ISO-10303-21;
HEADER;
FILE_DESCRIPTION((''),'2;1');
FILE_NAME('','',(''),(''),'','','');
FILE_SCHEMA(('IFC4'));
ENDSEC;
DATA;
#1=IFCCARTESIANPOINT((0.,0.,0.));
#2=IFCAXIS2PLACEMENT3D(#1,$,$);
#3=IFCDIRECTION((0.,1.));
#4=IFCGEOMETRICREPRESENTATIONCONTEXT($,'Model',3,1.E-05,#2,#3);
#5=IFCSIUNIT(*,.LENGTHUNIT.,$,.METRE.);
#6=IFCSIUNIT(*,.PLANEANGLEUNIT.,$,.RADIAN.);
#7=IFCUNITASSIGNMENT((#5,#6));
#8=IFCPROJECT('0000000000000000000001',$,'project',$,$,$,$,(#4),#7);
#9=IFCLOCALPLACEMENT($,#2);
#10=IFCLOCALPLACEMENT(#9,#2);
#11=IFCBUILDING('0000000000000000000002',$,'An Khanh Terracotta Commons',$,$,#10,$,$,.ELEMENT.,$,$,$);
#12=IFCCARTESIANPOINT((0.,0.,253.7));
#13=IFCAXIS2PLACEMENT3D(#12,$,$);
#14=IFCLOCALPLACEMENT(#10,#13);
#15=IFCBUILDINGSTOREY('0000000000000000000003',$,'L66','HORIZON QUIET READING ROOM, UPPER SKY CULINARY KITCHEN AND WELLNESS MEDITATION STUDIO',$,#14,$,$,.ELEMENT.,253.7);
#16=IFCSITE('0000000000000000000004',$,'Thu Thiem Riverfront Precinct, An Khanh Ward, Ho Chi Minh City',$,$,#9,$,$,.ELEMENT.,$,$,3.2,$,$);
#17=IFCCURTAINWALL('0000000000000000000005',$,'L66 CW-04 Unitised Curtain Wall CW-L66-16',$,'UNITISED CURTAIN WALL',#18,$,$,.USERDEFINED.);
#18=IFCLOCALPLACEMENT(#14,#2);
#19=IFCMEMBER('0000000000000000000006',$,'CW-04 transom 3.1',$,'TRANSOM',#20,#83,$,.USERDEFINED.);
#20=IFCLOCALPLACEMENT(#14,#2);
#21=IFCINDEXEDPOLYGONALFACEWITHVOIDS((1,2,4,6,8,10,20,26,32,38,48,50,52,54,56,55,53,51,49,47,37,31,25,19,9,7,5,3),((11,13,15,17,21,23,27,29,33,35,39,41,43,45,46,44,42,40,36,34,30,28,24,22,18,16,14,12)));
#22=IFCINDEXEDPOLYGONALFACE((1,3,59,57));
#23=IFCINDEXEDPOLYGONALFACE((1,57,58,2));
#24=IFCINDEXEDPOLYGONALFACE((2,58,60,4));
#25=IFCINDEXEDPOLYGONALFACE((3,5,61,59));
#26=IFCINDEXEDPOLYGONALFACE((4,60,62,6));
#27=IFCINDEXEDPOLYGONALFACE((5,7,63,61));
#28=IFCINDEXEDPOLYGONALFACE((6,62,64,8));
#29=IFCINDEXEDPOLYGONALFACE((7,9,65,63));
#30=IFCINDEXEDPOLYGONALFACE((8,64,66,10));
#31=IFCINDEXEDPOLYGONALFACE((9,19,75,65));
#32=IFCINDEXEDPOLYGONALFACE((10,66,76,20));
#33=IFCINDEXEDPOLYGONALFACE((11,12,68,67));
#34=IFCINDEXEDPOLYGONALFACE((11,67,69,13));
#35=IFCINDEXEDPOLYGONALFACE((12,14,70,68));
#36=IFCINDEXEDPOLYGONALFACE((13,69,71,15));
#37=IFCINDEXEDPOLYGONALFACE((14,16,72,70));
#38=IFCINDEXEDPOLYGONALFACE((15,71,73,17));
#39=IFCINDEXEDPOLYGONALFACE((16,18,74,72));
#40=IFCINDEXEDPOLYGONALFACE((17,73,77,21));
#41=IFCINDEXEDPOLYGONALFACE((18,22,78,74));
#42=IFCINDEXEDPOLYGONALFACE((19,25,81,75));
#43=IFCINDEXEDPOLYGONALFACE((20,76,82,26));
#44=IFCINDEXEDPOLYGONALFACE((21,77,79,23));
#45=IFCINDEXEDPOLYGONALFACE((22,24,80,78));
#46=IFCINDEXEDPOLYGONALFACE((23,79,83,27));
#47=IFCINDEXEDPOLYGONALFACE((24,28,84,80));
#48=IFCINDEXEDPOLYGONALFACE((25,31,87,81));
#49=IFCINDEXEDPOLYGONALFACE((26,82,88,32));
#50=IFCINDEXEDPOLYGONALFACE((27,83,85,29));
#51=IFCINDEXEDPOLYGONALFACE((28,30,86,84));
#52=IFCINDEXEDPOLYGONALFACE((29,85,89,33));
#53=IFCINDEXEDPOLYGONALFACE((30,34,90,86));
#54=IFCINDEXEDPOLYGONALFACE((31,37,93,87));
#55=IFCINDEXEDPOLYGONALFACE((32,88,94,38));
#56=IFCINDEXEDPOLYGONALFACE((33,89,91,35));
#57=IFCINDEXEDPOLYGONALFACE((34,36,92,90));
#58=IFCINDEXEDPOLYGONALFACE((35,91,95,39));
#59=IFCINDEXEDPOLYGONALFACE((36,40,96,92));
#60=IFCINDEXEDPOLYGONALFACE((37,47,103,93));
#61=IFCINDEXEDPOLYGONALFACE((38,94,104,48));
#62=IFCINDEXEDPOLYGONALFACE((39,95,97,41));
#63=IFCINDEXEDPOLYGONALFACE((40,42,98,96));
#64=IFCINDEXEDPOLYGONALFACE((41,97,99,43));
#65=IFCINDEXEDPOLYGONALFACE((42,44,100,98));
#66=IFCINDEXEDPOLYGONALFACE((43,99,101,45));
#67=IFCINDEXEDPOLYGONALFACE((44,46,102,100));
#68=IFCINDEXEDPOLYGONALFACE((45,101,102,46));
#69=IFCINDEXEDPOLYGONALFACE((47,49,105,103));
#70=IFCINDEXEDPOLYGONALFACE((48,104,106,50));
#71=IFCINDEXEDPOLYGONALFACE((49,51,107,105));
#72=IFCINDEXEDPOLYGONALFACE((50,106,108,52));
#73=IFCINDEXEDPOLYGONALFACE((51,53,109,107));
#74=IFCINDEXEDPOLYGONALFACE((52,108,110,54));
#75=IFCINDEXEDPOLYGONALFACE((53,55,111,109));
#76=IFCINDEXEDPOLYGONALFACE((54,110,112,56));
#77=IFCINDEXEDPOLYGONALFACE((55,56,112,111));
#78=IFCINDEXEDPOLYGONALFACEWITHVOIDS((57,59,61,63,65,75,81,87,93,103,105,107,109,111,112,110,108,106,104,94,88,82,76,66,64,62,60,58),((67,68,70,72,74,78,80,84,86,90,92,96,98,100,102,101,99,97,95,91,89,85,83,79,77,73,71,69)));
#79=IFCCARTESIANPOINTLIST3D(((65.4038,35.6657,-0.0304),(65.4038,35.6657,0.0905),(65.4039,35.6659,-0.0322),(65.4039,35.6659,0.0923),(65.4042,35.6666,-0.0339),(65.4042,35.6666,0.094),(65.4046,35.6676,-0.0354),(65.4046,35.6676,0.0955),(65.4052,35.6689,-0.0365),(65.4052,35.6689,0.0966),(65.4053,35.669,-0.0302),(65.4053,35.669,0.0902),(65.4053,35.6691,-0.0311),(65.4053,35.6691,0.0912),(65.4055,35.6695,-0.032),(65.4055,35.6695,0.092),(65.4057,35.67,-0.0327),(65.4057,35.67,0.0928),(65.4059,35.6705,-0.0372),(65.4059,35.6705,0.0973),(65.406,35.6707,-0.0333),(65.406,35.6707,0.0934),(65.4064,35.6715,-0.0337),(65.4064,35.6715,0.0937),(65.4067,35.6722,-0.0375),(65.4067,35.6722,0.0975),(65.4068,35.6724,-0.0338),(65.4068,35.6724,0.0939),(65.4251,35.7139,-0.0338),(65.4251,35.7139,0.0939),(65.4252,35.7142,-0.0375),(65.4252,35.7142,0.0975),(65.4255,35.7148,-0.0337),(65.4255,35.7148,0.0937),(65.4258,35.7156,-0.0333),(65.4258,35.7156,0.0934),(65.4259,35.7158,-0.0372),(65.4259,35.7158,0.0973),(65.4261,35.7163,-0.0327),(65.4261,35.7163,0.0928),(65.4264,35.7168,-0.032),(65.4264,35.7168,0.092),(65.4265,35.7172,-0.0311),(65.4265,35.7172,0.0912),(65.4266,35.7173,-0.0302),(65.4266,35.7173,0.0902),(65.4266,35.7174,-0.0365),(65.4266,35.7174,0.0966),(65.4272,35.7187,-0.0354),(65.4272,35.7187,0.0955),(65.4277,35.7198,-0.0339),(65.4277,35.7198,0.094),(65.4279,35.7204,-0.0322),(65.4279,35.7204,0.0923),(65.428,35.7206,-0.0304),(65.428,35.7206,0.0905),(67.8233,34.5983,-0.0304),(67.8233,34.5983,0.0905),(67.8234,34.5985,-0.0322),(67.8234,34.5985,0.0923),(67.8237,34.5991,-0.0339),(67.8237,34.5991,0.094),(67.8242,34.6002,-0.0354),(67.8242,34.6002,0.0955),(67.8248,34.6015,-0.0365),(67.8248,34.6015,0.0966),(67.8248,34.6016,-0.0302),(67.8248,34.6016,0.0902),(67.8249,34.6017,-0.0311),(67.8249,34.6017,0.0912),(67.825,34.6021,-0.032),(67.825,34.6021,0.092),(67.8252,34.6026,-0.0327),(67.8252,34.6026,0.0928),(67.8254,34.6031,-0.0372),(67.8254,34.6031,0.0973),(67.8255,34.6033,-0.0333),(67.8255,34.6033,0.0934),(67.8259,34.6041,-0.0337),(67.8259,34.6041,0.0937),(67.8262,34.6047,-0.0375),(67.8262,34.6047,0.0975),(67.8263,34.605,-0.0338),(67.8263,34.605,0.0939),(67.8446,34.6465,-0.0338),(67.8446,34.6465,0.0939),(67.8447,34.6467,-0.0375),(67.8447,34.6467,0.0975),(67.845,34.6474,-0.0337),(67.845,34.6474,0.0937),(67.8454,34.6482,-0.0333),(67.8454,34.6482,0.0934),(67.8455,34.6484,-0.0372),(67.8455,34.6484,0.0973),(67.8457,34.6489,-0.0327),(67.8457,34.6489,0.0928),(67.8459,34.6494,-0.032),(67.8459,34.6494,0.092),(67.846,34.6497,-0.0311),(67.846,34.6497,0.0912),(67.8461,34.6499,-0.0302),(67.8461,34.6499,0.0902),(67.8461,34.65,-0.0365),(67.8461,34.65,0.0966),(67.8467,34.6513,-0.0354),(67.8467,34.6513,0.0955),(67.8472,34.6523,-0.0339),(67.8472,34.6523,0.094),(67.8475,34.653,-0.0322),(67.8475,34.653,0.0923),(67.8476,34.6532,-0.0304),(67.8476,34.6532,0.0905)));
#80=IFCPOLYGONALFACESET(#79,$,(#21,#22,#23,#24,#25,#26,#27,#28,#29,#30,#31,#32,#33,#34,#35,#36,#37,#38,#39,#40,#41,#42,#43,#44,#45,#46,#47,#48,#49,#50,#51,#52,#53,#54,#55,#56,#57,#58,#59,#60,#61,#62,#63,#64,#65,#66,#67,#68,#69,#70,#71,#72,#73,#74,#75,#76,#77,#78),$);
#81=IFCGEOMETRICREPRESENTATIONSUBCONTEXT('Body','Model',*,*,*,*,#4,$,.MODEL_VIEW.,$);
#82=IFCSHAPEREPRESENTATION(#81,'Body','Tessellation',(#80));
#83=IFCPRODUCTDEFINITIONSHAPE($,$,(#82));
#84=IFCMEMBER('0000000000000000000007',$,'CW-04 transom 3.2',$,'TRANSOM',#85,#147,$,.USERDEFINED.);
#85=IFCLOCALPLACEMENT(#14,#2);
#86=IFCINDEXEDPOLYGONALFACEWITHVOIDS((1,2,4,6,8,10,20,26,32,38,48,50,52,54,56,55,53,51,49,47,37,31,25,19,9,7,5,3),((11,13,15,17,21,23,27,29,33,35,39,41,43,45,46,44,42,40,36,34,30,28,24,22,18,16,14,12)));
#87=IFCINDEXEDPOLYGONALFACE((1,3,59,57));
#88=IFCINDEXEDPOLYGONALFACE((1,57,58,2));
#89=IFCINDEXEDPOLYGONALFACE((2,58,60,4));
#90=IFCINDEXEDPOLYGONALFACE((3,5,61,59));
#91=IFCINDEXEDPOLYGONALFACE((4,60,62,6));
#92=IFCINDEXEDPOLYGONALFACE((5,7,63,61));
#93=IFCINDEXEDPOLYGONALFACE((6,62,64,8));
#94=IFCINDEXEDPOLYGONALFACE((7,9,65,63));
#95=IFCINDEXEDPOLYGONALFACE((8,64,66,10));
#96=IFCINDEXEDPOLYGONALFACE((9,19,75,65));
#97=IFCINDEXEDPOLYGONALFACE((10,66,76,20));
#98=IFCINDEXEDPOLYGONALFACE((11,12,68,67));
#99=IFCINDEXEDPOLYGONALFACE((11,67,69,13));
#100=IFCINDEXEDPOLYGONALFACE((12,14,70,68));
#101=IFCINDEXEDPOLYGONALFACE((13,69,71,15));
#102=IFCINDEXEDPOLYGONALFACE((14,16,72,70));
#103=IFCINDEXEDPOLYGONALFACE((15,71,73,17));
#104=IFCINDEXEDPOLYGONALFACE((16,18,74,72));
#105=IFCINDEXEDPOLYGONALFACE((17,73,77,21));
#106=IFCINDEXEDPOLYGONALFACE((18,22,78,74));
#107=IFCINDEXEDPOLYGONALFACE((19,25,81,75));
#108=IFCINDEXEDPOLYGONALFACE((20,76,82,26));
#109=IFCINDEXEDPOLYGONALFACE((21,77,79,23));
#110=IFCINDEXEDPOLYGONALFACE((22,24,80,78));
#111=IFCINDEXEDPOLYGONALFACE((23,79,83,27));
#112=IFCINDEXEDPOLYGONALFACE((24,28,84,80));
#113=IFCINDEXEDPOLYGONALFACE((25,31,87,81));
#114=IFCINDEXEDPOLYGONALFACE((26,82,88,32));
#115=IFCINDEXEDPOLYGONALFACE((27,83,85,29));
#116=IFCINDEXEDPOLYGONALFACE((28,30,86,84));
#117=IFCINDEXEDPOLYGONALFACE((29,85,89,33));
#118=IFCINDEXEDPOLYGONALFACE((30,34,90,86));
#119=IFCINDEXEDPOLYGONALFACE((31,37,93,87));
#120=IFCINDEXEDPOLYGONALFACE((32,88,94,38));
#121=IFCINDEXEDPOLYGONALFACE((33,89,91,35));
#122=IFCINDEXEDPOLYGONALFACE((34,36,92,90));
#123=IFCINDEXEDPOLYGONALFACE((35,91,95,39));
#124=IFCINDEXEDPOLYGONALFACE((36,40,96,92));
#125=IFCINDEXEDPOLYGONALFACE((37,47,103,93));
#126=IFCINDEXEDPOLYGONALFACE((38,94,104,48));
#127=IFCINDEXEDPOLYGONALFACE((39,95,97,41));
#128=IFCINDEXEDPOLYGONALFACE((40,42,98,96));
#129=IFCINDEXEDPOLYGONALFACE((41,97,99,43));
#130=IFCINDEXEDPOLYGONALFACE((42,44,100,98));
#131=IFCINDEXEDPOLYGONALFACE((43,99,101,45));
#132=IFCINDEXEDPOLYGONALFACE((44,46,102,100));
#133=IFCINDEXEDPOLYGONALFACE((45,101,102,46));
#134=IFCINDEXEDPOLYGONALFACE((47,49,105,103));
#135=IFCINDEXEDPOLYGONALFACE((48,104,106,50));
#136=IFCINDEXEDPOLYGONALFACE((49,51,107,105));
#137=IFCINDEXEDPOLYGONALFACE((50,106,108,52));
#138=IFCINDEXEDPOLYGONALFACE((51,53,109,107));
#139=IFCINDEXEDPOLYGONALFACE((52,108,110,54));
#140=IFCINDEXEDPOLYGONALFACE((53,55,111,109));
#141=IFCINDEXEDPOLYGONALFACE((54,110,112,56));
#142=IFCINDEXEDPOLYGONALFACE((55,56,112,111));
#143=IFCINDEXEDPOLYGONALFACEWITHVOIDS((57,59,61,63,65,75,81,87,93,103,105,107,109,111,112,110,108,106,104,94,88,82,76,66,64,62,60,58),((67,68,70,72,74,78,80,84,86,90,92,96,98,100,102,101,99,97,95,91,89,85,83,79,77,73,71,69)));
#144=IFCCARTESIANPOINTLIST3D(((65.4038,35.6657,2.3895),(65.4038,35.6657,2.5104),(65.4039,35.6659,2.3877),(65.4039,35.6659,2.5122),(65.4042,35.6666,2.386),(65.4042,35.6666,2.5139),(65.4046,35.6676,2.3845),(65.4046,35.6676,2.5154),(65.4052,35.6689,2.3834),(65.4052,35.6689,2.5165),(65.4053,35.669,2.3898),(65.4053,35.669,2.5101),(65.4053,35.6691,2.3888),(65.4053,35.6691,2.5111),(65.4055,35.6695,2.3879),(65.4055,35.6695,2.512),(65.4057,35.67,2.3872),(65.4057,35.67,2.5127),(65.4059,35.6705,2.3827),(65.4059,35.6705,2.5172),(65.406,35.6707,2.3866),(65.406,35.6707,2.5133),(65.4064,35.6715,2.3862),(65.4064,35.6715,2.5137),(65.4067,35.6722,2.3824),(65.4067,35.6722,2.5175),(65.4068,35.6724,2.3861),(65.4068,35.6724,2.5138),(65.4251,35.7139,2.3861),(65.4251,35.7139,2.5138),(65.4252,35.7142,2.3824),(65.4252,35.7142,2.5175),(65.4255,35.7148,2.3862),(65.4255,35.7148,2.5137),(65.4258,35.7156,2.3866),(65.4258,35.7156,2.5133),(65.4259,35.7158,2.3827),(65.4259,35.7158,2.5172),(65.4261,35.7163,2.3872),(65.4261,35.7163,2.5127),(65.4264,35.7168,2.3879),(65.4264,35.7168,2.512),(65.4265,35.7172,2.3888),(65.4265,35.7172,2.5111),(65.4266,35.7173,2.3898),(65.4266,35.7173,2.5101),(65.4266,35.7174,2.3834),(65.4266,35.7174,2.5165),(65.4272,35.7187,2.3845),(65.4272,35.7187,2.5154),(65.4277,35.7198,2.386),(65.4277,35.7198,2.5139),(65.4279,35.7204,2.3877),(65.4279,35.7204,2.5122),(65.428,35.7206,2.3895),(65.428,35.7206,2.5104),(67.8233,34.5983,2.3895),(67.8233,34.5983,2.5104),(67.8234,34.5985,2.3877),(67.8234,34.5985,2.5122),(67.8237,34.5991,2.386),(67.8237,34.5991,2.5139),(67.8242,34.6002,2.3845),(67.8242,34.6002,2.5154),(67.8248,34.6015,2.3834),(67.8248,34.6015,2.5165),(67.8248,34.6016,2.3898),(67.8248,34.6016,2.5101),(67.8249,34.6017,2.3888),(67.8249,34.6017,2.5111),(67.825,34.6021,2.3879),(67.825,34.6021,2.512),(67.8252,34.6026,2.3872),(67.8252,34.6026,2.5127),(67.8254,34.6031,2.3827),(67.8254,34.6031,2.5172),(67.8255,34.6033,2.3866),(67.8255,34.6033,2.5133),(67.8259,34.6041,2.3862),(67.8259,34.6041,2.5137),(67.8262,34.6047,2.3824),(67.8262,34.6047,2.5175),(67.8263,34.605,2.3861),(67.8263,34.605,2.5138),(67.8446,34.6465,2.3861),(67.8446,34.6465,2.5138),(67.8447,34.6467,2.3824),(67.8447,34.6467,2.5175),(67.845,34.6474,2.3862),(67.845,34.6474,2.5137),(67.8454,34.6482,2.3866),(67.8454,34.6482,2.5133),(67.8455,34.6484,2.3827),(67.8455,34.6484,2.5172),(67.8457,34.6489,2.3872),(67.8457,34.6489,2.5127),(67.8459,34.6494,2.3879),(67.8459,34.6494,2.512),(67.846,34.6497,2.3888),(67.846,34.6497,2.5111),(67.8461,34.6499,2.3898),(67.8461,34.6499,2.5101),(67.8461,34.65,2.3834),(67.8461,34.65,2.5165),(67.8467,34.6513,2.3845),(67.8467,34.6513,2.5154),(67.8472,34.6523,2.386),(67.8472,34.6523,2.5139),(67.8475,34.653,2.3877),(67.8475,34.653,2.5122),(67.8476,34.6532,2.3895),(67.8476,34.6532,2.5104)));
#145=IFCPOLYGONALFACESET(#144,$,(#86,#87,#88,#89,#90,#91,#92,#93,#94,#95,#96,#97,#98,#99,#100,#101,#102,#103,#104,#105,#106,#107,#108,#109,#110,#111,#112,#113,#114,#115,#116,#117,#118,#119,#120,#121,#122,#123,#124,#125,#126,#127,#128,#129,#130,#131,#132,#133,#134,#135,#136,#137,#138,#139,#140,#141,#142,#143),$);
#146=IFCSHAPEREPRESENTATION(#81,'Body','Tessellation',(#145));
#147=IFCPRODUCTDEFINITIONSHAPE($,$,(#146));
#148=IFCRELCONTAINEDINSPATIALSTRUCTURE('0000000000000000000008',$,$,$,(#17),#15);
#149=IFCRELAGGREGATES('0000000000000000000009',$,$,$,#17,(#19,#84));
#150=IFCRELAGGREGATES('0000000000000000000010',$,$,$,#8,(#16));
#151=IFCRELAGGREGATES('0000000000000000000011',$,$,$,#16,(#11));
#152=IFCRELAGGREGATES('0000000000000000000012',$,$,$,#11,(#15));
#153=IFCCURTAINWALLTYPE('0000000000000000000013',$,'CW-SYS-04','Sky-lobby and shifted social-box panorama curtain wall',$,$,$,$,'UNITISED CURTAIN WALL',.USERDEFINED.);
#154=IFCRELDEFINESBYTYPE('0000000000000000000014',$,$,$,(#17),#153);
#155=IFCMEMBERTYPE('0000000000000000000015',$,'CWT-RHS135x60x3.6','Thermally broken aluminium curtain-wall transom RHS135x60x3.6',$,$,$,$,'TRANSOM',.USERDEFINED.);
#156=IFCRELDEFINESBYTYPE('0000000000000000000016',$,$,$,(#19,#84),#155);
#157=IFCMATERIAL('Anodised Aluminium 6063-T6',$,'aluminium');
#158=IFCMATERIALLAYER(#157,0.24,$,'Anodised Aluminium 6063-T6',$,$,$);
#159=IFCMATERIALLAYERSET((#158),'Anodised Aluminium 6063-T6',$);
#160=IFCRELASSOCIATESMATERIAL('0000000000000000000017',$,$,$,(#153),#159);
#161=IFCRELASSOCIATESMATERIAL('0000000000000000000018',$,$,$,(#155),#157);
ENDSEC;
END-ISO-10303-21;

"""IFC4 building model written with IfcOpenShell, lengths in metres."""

from ifc_helpers import new_model, si_unit, direction, frame, origin, origin_2d, place, context, subcontext, project, spatial, hollow_rectangle, extrude, material, layer, layer_set, material_profile, profile_set, type_object, element, aggregate, save


model = new_model("IFC4")

# Units and contexts
model_context = context("Model", 3, precision=1e-05, world=origin(), true_north=direction((0.0, 1.0)))
body_context = subcontext(model_context, "Body", "Model", "MODEL_VIEW")
ifc_project = project(units=[si_unit("LENGTHUNIT", "METRE"), si_unit("PLANEANGLEUNIT", "RADIAN")], contexts=[model_context])

# Site, building, storey
site_placement = place(None, origin())
site = spatial("IfcSite", under=ifc_project, at=site_placement, Name="Thu Thiem Riverfront Precinct, An Khanh Ward, Ho Chi Minh City", CompositionType="ELEMENT", RefElevation=3.2)
building_placement = place(site_placement, origin())
building = spatial("IfcBuilding", under=site, at=building_placement, Name="An Khanh Terracotta Commons", CompositionType="ELEMENT")
storey_placement = place(building_placement, frame((0.0, 0.0, 253.7)))
storey = spatial("IfcBuildingStorey", under=building, at=storey_placement, Name="L66", Description="HORIZON QUIET READING ROOM, UPPER SKY CULINARY KITCHEN AND WELLNESS MEDITATION STUDIO", CompositionType="ELEMENT", Elevation=253.7)

# Curtain wall, members
ifc_material_1 = material(Name="Anodised Aluminium 6063-T6", Category="aluminium")
ifc_layer_1 = layer(ifc_material_1, 0.24, Name="Anodised Aluminium 6063-T6")
ifc_layer_set_1 = layer_set([ifc_layer_1], Name="Anodised Aluminium 6063-T6")
curtain_wall_type = type_object("IfcCurtainWallType", Name="CW-SYS-04", Description="Sky-lobby and shifted social-box panorama curtain wall", ElementType="UNITISED CURTAIN WALL", PredefinedType="USERDEFINED", material=ifc_layer_set_1)
curtain_wall_placement = place(storey_placement, origin())
curtain_wall = element("IfcCurtainWall", 1, at=curtain_wall_placement, inside=storey, type_object=curtain_wall_type, Name="L66 CW-04 Unitised Curtain Wall CW-L66-16", ObjectType="UNITISED CURTAIN WALL", PredefinedType="USERDEFINED")
ifc_material_profile_1 = material_profile(ifc_material_1, hollow_rectangle(XDim=0.0601, YDim=0.135, WallThickness=0.0037, InnerFilletRadius=0.0037, OuterFilletRadius=0.0071, at=origin_2d()), Name="RHS135x60x3.6")
ifc_profile_set_1 = profile_set([ifc_material_profile_1], Name="Anodised Aluminium 6063-T6")
member_type_1 = type_object("IfcMemberType", Name="CWT-RHS135x60x3.6", Description="Thermally broken aluminium curtain-wall transom RHS135x60x3.6", ElementType="TRANSOM", PredefinedType="USERDEFINED", material=ifc_profile_set_1)
member_1_placement = place(storey_placement, frame((67.8354, 34.6257, 0.03), z_axis=(-0.91492, 0.403636, 0.0), x_axis=(-0.403636, -0.91492, 0.0)))
member_1 = element("IfcMember", 2, at=member_1_placement, type_object=member_type_1, Name="CW-04 transom 3.1", ObjectType="TRANSOM", PredefinedType="USERDEFINED", context=body_context, shape_type="SweptSolid", body=[
    extrude(hollow_rectangle(XDim=0.0601, YDim=0.135, WallThickness=0.0037, InnerFilletRadius=0.0037, OuterFilletRadius=0.0071, at=origin_2d()), origin(), (0.0, 0.0, 1.0), 2.6445),
])
member_2_placement = place(storey_placement, frame((67.8354, 34.6257, 2.45), z_axis=(-0.91492, 0.403636, 0.0), x_axis=(-0.403636, -0.91492, 0.0)))
member_2 = element("IfcMember", 3, at=member_2_placement, type_object=member_type_1, Name="CW-04 transom 3.2", ObjectType="TRANSOM", PredefinedType="USERDEFINED", context=body_context, shape_type="SweptSolid", body=[
    extrude(hollow_rectangle(XDim=0.0601, YDim=0.135, WallThickness=0.0037, InnerFilletRadius=0.0037, OuterFilletRadius=0.0071, at=origin_2d()), origin(), (0.0, 0.0, 1.0), 2.6445),
])
aggregate(curtain_wall, [member_1, member_2])

save(model, "model.ifc")
